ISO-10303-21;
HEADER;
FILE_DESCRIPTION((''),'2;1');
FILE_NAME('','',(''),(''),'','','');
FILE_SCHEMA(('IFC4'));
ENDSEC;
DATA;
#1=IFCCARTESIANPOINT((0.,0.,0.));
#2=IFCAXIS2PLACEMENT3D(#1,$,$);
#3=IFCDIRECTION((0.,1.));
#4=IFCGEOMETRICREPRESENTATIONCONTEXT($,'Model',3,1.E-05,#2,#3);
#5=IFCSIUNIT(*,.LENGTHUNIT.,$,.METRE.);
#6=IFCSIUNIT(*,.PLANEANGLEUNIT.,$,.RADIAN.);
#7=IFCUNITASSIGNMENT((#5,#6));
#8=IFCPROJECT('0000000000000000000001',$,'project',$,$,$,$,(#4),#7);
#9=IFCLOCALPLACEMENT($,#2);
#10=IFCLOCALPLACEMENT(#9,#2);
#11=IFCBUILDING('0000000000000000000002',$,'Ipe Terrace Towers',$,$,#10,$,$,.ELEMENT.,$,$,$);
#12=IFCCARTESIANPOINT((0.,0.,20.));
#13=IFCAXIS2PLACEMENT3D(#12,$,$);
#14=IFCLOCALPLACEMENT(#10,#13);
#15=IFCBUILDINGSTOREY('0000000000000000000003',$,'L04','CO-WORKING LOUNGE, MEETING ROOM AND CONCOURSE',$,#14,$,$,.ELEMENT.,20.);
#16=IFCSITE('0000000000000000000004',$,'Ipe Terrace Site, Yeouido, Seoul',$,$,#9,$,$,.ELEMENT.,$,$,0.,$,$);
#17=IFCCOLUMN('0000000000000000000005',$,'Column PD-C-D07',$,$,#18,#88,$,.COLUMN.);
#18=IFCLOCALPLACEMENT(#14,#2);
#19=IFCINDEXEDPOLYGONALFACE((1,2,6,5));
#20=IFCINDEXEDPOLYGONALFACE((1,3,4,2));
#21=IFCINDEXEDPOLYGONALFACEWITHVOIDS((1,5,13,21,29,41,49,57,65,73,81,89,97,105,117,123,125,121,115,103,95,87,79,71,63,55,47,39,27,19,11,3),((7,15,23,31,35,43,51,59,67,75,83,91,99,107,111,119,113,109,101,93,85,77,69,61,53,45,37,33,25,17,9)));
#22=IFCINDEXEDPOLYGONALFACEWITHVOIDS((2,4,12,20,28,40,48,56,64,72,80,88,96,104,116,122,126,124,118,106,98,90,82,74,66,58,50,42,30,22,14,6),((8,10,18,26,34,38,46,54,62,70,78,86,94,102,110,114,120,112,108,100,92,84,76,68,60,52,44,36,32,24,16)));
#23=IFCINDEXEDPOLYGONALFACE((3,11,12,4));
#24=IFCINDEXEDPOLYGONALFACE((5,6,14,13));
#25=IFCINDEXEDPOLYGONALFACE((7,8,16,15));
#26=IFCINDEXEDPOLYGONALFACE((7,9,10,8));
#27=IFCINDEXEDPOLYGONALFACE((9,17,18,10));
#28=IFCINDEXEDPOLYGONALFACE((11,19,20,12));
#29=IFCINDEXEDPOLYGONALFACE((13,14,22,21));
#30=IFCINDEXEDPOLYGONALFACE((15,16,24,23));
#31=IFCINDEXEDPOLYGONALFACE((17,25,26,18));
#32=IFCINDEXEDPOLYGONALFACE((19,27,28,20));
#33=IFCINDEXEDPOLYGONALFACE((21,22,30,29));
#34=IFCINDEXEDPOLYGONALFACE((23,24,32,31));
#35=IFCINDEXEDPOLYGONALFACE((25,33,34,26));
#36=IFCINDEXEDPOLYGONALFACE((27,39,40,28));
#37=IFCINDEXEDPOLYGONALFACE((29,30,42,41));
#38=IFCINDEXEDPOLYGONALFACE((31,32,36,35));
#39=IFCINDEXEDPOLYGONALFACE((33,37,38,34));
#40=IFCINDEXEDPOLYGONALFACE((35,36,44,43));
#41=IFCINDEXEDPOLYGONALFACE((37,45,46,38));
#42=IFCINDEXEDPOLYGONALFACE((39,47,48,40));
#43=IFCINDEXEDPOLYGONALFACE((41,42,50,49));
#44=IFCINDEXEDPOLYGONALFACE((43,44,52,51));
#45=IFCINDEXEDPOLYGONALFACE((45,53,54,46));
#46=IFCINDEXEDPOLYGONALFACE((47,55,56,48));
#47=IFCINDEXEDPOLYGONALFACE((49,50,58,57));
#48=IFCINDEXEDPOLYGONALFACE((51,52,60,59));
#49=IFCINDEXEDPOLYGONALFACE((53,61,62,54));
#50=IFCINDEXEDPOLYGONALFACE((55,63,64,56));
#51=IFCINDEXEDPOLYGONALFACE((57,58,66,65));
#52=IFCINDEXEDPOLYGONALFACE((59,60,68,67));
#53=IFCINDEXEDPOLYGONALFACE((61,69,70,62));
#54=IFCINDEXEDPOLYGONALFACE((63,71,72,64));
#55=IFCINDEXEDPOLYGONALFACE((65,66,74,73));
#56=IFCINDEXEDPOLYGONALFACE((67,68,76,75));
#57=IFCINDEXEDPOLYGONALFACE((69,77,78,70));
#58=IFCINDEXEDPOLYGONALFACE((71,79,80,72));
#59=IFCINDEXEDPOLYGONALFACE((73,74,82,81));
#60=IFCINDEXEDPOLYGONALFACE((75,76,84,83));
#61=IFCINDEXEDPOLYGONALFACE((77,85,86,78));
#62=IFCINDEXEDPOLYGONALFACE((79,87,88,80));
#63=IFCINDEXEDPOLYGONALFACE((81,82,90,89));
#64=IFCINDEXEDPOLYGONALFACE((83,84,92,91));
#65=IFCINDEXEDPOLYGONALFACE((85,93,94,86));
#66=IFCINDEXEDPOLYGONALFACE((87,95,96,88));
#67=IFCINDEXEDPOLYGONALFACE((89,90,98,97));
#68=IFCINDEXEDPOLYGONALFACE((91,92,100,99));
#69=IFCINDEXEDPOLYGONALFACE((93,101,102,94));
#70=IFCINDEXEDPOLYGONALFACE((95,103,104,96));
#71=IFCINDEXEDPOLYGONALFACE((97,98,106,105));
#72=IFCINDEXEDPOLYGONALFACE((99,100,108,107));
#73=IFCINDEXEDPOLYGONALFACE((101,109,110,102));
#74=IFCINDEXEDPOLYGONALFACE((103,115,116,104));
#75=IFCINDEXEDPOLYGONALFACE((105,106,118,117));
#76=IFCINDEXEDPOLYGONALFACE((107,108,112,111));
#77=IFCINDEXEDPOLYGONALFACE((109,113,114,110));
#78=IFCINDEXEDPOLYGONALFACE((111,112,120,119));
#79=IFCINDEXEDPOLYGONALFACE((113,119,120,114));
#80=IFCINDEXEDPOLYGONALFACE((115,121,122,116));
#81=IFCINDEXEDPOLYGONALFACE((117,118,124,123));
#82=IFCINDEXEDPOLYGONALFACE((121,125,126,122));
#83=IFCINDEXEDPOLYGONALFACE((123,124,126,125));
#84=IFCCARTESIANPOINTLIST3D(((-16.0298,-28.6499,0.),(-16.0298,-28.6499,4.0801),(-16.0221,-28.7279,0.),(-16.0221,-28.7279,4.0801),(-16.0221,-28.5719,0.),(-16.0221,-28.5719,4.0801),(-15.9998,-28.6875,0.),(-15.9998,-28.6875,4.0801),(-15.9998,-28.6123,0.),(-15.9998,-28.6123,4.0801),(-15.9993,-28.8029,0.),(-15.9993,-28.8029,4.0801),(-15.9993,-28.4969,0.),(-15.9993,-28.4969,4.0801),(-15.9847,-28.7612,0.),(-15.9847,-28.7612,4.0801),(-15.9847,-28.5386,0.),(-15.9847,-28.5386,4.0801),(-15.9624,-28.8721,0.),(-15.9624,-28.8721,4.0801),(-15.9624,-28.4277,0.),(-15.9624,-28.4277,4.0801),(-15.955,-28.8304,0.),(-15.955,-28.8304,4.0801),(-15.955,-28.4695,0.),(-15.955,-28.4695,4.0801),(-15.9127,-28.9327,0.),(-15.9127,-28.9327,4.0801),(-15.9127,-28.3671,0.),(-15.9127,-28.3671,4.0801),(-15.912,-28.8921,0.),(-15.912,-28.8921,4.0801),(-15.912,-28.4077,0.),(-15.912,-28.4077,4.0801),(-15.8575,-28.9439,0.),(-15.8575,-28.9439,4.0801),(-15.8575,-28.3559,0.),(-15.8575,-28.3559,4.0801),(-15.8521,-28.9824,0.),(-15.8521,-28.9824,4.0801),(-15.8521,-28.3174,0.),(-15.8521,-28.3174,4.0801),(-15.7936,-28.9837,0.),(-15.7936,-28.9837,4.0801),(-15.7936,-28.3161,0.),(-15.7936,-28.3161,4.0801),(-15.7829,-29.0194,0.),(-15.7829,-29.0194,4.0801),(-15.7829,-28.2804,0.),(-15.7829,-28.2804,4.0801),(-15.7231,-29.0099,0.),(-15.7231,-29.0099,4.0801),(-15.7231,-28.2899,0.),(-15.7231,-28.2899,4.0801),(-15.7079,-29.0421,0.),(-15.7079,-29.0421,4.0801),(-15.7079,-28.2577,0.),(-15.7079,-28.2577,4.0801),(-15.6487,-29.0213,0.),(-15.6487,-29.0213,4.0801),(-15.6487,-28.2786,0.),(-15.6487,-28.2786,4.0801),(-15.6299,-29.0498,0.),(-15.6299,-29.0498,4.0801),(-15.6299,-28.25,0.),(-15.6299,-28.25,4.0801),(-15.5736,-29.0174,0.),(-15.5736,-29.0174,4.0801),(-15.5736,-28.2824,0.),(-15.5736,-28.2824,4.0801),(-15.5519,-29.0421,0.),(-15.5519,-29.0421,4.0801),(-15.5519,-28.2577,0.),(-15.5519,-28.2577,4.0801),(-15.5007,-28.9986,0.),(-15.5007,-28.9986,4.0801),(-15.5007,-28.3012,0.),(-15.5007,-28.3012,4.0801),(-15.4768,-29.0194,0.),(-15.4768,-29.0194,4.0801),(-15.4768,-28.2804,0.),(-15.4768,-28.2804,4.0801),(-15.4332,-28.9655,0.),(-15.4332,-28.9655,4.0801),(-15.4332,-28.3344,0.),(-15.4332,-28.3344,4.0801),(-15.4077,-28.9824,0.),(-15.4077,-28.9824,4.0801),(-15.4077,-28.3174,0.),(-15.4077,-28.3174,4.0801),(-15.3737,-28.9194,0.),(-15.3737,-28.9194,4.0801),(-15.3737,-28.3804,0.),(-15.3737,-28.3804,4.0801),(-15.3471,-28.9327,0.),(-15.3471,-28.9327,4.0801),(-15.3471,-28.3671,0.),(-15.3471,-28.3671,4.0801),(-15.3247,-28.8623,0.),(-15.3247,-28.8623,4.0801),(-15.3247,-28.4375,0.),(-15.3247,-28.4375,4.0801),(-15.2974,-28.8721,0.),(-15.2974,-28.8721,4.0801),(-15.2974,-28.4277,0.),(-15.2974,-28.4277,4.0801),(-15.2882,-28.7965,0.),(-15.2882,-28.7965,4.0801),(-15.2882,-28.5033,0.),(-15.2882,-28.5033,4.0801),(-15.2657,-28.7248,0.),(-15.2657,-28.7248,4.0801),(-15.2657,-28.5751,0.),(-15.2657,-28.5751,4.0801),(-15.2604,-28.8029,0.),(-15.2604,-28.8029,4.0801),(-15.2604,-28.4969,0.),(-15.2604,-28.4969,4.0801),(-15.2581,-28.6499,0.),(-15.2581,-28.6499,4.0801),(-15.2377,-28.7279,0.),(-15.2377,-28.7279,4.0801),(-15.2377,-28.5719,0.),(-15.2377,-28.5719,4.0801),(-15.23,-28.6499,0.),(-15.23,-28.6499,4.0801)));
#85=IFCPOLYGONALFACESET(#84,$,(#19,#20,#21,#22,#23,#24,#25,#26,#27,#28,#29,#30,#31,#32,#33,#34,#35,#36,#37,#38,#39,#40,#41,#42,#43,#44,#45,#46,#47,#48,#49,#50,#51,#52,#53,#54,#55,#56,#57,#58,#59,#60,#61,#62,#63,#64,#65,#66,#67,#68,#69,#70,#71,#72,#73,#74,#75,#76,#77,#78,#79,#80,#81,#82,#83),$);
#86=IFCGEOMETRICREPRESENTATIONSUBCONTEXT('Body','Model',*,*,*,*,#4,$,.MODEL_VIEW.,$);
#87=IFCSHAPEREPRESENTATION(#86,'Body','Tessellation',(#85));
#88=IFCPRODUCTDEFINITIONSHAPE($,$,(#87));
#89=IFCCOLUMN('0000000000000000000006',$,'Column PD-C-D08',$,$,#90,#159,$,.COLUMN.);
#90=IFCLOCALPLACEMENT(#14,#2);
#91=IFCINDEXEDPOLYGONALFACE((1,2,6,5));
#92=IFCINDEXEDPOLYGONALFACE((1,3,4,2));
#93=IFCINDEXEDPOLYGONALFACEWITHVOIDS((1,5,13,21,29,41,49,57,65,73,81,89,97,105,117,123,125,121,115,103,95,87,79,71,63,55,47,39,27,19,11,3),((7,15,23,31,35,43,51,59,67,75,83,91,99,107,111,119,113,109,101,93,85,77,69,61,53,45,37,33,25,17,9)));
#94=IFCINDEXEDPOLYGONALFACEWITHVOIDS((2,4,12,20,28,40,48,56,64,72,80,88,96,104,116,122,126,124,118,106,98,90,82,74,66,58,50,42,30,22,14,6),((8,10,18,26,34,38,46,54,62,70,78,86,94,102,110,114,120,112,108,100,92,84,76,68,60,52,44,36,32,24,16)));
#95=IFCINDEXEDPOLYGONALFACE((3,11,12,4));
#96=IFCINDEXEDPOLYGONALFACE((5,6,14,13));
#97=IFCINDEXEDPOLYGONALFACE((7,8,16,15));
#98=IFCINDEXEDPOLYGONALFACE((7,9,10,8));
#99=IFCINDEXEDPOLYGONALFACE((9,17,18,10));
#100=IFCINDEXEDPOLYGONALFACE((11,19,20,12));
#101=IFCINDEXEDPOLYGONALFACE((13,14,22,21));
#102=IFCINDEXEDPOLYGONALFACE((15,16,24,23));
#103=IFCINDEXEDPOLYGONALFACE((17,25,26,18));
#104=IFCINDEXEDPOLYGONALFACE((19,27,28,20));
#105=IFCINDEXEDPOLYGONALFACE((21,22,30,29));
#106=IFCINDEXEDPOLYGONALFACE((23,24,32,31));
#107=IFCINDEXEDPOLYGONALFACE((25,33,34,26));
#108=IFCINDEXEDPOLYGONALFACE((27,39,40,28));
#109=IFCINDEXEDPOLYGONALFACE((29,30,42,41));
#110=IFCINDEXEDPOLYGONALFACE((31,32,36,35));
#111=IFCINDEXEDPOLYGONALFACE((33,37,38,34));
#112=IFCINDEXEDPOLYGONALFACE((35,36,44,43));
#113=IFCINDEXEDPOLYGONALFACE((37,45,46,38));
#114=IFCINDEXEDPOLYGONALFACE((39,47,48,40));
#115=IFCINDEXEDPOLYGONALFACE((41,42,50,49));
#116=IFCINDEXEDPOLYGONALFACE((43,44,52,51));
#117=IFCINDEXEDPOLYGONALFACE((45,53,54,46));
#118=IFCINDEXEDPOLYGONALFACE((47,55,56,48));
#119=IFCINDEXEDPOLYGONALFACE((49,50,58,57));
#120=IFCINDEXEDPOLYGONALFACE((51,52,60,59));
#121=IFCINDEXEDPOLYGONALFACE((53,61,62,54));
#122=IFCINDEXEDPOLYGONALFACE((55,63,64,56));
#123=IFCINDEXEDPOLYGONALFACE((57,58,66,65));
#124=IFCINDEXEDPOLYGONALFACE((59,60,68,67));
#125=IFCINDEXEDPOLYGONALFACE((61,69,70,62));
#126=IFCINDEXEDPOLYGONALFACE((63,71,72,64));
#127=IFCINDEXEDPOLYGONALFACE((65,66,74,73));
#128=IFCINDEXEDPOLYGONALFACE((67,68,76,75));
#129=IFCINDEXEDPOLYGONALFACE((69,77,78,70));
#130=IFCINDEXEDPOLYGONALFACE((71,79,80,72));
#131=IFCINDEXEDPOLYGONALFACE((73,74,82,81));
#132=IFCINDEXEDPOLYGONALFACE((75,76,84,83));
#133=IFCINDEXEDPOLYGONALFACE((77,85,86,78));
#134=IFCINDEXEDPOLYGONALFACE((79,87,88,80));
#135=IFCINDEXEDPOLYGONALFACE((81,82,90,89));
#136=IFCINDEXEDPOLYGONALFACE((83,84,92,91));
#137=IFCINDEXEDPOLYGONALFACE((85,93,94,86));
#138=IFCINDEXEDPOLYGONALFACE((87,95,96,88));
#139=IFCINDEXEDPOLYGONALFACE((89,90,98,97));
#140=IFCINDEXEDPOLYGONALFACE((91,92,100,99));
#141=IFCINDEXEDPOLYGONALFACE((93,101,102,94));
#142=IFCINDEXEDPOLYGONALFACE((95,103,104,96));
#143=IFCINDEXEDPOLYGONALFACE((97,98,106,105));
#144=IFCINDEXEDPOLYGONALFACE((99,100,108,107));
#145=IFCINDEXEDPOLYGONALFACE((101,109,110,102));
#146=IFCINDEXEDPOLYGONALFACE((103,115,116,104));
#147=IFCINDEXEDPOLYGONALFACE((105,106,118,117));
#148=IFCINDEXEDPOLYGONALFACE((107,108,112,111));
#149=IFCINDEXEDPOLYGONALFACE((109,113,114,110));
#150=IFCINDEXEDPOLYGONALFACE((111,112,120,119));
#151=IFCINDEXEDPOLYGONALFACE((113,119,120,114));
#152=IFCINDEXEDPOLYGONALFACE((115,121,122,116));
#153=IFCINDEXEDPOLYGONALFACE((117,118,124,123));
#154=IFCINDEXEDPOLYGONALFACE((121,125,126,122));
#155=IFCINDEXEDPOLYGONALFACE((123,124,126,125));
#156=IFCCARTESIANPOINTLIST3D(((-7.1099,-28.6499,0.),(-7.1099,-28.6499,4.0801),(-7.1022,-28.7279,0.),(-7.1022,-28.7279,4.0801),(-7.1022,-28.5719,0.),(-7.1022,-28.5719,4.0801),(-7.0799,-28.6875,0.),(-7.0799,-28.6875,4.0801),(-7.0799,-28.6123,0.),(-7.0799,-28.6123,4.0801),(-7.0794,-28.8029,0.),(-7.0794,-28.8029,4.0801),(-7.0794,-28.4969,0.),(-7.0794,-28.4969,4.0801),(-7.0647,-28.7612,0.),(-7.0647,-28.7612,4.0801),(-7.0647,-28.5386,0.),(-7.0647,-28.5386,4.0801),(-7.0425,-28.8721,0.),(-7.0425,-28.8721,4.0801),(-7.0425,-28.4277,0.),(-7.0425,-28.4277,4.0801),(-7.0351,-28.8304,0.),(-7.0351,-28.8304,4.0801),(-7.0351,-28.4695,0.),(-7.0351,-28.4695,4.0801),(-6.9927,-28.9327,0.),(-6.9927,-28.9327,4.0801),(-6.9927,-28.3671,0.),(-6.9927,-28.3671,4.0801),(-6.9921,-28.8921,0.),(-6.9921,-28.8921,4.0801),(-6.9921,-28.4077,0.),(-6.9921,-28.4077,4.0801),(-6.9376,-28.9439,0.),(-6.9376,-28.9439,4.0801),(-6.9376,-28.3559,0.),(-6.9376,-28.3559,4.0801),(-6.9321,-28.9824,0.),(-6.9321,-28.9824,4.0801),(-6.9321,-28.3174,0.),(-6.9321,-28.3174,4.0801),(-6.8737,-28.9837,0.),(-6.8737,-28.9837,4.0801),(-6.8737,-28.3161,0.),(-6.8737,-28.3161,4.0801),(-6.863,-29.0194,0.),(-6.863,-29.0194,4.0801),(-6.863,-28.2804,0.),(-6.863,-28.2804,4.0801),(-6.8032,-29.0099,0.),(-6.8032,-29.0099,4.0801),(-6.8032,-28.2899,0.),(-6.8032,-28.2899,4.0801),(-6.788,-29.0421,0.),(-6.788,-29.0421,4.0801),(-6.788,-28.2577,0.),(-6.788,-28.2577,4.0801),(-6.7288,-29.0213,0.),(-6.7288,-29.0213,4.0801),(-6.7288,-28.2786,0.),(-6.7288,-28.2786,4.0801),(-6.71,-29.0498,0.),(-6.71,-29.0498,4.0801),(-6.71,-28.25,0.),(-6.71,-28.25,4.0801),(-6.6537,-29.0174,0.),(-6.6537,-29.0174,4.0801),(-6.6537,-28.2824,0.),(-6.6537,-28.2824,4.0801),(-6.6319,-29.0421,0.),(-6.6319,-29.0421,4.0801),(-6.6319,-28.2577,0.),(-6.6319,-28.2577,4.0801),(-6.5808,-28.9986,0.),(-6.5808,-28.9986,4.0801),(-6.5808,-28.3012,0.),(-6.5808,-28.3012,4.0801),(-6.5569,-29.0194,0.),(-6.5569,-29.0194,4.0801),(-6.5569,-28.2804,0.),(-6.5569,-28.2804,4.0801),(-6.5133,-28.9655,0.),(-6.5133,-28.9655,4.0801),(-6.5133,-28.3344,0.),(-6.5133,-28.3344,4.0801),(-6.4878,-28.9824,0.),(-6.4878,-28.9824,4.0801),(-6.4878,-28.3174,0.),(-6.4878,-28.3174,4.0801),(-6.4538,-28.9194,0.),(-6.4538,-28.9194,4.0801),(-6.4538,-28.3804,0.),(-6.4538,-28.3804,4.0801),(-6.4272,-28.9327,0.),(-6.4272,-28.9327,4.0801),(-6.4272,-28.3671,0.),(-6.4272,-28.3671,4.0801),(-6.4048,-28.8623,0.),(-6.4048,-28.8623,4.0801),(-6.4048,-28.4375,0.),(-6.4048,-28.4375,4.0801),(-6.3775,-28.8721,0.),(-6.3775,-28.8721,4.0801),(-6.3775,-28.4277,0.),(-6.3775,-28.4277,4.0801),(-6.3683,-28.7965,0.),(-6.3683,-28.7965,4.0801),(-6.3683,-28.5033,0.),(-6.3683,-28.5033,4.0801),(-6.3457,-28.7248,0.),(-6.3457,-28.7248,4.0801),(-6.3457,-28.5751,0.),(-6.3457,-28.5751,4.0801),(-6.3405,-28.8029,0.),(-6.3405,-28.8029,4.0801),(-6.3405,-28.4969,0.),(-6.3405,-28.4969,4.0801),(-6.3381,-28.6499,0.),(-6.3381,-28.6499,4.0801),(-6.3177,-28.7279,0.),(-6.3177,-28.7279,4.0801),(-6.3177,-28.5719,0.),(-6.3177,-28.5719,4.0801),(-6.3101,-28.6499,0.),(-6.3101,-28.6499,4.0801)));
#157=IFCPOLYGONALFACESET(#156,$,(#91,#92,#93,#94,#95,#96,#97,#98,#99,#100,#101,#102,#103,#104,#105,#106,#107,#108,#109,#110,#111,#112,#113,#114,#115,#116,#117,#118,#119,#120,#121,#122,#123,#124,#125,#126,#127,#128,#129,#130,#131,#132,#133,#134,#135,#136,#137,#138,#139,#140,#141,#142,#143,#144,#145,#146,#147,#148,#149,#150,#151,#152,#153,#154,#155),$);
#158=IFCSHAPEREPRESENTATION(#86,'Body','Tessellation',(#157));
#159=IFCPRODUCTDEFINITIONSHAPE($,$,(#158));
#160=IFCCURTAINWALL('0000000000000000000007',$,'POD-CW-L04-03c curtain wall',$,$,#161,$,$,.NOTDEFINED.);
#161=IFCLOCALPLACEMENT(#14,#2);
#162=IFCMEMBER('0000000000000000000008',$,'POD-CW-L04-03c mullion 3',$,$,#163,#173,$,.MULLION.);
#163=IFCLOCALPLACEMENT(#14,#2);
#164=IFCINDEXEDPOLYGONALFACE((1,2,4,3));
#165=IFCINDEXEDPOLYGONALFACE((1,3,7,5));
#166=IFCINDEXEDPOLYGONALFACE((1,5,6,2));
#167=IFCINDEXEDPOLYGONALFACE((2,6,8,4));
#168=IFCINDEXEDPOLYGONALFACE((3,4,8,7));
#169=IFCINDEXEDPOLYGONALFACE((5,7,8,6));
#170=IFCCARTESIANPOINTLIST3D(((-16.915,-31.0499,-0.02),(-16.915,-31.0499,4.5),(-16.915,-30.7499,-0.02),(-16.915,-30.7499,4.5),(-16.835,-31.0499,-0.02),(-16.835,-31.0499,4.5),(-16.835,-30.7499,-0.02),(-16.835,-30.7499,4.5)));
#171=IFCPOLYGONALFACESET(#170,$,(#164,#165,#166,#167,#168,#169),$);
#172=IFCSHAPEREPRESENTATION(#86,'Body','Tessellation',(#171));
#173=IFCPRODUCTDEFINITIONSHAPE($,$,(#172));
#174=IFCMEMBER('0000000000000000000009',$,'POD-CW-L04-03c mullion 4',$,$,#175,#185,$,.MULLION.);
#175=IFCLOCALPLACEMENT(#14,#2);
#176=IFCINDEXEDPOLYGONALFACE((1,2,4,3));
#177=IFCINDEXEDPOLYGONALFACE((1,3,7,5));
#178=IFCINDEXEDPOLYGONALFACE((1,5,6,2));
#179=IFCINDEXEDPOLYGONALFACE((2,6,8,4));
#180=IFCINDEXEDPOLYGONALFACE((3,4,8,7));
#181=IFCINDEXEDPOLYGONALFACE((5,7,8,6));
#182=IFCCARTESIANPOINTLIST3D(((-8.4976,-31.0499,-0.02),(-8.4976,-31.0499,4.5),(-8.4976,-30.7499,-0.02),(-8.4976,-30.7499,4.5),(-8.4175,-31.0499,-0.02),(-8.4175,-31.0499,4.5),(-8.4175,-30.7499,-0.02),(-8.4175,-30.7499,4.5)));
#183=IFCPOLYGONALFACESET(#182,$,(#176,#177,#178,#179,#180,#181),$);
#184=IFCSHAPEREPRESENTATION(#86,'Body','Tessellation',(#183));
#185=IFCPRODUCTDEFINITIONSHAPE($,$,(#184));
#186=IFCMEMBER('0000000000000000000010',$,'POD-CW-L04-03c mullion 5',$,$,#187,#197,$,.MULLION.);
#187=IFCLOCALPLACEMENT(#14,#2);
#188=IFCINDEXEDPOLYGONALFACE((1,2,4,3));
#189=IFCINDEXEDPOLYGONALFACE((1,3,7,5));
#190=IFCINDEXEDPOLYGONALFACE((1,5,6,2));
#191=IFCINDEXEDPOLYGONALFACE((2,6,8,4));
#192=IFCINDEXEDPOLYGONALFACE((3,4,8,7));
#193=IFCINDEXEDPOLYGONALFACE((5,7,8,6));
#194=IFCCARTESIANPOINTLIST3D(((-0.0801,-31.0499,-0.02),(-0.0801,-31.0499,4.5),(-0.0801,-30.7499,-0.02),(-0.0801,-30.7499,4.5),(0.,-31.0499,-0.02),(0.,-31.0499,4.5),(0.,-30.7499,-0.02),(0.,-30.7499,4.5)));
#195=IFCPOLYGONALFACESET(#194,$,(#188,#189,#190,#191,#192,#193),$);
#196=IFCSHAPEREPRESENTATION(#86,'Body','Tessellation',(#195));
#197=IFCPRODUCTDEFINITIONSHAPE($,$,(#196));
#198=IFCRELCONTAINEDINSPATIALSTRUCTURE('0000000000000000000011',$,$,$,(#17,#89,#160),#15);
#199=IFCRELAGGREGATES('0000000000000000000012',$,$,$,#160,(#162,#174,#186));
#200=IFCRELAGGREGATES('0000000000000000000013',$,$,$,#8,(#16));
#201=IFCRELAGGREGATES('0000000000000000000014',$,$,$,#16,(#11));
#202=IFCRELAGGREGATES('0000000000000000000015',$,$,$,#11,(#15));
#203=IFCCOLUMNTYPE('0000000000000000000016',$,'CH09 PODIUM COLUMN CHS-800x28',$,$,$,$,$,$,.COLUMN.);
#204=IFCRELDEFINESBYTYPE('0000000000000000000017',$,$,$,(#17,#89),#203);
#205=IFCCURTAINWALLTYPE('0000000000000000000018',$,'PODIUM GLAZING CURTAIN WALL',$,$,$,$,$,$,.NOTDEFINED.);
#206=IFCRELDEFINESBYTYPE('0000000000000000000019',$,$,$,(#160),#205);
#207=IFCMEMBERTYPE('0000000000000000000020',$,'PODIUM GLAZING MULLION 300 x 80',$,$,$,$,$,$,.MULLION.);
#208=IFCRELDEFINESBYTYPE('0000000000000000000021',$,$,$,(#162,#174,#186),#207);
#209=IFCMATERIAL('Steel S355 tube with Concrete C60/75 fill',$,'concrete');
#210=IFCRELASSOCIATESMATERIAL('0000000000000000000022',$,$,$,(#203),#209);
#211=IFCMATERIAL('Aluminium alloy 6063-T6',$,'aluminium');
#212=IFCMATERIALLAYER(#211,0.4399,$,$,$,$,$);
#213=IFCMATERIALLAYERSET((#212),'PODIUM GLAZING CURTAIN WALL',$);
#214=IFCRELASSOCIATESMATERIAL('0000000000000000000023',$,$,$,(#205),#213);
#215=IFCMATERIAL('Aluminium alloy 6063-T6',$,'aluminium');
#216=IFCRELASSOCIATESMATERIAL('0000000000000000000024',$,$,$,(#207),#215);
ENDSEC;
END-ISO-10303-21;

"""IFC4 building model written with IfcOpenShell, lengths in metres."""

from ifc_helpers import new_model, si_unit, direction, frame, origin, origin_2d, place, context, subcontext, project, spatial, rectangle, hollow_circle, extrude, material, layer, layer_set, material_profile, profile_set, type_object, element, aggregate, save


model = new_model("IFC4")

# Units and contexts
model_context = context("Model", 3, precision=1e-05, world=origin(), true_north=direction((0.0, 1.0)))
body_context = subcontext(model_context, "Body", "Model", "MODEL_VIEW")
ifc_project = project(units=[si_unit("LENGTHUNIT", "METRE"), si_unit("PLANEANGLEUNIT", "RADIAN")], contexts=[model_context])

# Site, building, storey
site_placement = place(None, origin())
site = spatial("IfcSite", under=ifc_project, at=site_placement, Name="Ipe Terrace Site, Yeouido, Seoul", CompositionType="ELEMENT", RefElevation=0.0)
building_placement = place(site_placement, origin())
building = spatial("IfcBuilding", under=site, at=building_placement, Name="Ipe Terrace Towers", CompositionType="ELEMENT")
storey_placement = place(building_placement, frame((0.0, 0.0, 20.0)))
storey = spatial("IfcBuildingStorey", under=building, at=storey_placement, Name="L04", Description="CO-WORKING LOUNGE, MEETING ROOM AND CONCOURSE", CompositionType="ELEMENT", Elevation=20.0)

# Columns
ifc_material_1 = material(Name="Steel S355 tube with Concrete C60/75 fill", Category="concrete")
ifc_material_profile_1 = material_profile(ifc_material_1, hollow_circle(Radius=0.3999, WallThickness=0.0281, at=origin_2d()), Name="CHS-800x28")
ifc_profile_set_1 = profile_set([ifc_material_profile_1], Name="Steel S355 tube with Concrete C60/75 fill")
column_type = type_object("IfcColumnType", Name="CH09 PODIUM COLUMN CHS-800x28", PredefinedType="COLUMN", material=ifc_profile_set_1)
for number, where, z_axis, x_axis, name in (
    (1, (-15.6299, -28.6499, 0.0), (0.0, 0.0, 1.0), (1.0, 0.0, 0.0), "Column PD-C-D07"),
    (2, (-6.71, -28.6499, 0.0), (0.0, 0.0, 1.0), (1.0, 0.0, 0.0), "Column PD-C-D08"),
):
    element("IfcColumn", number, at=place(storey_placement, frame(where, z_axis=z_axis, x_axis=x_axis)), inside=storey, type_object=column_type, Name=name, PredefinedType="COLUMN", context=body_context, shape_type="SweptSolid", body=[
        extrude(hollow_circle(Radius=0.3999, WallThickness=0.0281, at=origin_2d()), origin(), (0.0, 0.0, 1.0), 4.0801),
    ])

# Curtain wall, members
ifc_material_2 = material(Name="Aluminium alloy 6063-T6", Category="aluminium")
ifc_layer_1 = layer(ifc_material_2, 0.4399)
ifc_layer_set_1 = layer_set([ifc_layer_1], Name="PODIUM GLAZING CURTAIN WALL")
curtain_wall_type = type_object("IfcCurtainWallType", Name="PODIUM GLAZING CURTAIN WALL", PredefinedType="NOTDEFINED", material=ifc_layer_set_1)
curtain_wall_placement = place(storey_placement, origin())
curtain_wall = element("IfcCurtainWall", 3, at=curtain_wall_placement, inside=storey, type_object=curtain_wall_type, Name="POD-CW-L04-03c curtain wall", PredefinedType="NOTDEFINED")
ifc_material_3 = material(Name="Aluminium alloy 6063-T6", Category="aluminium")
ifc_material_profile_2 = material_profile(ifc_material_3, rectangle(XDim=0.3, YDim=0.0801, at=origin_2d()), Name="PODIUM GLAZING MULLION 300 x 80")
ifc_profile_set_2 = profile_set([ifc_material_profile_2], Name="Aluminium alloy 6063-T6")
member_type = type_object("IfcMemberType", Name="PODIUM GLAZING MULLION 300 x 80", PredefinedType="MULLION", material=ifc_profile_set_2)
member_1_placement = place(storey_placement, frame((-16.875, -30.8999, -0.02), z_axis=(0.0, 0.0, 1.0), x_axis=(0.0, -1.0, 0.0)))
member_1 = element("IfcMember", 4, at=member_1_placement, type_object=member_type, Name="POD-CW-L04-03c mullion 3", PredefinedType="MULLION", context=body_context, shape_type="SweptSolid", body=[
    extrude(rectangle(XDim=0.3, YDim=0.0801, at=origin_2d()), origin(), (0.0, 0.0, 1.0), 4.52),
])
member_2_placement = place(storey_placement, frame((-8.4575, -30.8999, -0.02), z_axis=(0.0, 0.0, 1.0), x_axis=(0.0, -1.0, 0.0)))
member_2 = element("IfcMember", 5, at=member_2_placement, type_object=member_type, Name="POD-CW-L04-03c mullion 4", PredefinedType="MULLION", context=body_context, shape_type="SweptSolid", body=[
    extrude(rectangle(XDim=0.3, YDim=0.0801, at=origin_2d()), origin(), (0.0, 0.0, 1.0), 4.52),
])
member_3_placement = place(storey_placement, frame((-0.04, -30.8999, -0.02), z_axis=(0.0, 0.0, 1.0), x_axis=(0.0, -1.0, 0.0)))
member_3 = element("IfcMember", 6, at=member_3_placement, type_object=member_type, Name="POD-CW-L04-03c mullion 5", PredefinedType="MULLION", context=body_context, shape_type="SweptSolid", body=[
    extrude(rectangle(XDim=0.3, YDim=0.0801, at=origin_2d()), origin(), (0.0, 0.0, 1.0), 4.52),
])
aggregate(curtain_wall, [member_1, member_2, member_3])

save(model, "model.ifc")
